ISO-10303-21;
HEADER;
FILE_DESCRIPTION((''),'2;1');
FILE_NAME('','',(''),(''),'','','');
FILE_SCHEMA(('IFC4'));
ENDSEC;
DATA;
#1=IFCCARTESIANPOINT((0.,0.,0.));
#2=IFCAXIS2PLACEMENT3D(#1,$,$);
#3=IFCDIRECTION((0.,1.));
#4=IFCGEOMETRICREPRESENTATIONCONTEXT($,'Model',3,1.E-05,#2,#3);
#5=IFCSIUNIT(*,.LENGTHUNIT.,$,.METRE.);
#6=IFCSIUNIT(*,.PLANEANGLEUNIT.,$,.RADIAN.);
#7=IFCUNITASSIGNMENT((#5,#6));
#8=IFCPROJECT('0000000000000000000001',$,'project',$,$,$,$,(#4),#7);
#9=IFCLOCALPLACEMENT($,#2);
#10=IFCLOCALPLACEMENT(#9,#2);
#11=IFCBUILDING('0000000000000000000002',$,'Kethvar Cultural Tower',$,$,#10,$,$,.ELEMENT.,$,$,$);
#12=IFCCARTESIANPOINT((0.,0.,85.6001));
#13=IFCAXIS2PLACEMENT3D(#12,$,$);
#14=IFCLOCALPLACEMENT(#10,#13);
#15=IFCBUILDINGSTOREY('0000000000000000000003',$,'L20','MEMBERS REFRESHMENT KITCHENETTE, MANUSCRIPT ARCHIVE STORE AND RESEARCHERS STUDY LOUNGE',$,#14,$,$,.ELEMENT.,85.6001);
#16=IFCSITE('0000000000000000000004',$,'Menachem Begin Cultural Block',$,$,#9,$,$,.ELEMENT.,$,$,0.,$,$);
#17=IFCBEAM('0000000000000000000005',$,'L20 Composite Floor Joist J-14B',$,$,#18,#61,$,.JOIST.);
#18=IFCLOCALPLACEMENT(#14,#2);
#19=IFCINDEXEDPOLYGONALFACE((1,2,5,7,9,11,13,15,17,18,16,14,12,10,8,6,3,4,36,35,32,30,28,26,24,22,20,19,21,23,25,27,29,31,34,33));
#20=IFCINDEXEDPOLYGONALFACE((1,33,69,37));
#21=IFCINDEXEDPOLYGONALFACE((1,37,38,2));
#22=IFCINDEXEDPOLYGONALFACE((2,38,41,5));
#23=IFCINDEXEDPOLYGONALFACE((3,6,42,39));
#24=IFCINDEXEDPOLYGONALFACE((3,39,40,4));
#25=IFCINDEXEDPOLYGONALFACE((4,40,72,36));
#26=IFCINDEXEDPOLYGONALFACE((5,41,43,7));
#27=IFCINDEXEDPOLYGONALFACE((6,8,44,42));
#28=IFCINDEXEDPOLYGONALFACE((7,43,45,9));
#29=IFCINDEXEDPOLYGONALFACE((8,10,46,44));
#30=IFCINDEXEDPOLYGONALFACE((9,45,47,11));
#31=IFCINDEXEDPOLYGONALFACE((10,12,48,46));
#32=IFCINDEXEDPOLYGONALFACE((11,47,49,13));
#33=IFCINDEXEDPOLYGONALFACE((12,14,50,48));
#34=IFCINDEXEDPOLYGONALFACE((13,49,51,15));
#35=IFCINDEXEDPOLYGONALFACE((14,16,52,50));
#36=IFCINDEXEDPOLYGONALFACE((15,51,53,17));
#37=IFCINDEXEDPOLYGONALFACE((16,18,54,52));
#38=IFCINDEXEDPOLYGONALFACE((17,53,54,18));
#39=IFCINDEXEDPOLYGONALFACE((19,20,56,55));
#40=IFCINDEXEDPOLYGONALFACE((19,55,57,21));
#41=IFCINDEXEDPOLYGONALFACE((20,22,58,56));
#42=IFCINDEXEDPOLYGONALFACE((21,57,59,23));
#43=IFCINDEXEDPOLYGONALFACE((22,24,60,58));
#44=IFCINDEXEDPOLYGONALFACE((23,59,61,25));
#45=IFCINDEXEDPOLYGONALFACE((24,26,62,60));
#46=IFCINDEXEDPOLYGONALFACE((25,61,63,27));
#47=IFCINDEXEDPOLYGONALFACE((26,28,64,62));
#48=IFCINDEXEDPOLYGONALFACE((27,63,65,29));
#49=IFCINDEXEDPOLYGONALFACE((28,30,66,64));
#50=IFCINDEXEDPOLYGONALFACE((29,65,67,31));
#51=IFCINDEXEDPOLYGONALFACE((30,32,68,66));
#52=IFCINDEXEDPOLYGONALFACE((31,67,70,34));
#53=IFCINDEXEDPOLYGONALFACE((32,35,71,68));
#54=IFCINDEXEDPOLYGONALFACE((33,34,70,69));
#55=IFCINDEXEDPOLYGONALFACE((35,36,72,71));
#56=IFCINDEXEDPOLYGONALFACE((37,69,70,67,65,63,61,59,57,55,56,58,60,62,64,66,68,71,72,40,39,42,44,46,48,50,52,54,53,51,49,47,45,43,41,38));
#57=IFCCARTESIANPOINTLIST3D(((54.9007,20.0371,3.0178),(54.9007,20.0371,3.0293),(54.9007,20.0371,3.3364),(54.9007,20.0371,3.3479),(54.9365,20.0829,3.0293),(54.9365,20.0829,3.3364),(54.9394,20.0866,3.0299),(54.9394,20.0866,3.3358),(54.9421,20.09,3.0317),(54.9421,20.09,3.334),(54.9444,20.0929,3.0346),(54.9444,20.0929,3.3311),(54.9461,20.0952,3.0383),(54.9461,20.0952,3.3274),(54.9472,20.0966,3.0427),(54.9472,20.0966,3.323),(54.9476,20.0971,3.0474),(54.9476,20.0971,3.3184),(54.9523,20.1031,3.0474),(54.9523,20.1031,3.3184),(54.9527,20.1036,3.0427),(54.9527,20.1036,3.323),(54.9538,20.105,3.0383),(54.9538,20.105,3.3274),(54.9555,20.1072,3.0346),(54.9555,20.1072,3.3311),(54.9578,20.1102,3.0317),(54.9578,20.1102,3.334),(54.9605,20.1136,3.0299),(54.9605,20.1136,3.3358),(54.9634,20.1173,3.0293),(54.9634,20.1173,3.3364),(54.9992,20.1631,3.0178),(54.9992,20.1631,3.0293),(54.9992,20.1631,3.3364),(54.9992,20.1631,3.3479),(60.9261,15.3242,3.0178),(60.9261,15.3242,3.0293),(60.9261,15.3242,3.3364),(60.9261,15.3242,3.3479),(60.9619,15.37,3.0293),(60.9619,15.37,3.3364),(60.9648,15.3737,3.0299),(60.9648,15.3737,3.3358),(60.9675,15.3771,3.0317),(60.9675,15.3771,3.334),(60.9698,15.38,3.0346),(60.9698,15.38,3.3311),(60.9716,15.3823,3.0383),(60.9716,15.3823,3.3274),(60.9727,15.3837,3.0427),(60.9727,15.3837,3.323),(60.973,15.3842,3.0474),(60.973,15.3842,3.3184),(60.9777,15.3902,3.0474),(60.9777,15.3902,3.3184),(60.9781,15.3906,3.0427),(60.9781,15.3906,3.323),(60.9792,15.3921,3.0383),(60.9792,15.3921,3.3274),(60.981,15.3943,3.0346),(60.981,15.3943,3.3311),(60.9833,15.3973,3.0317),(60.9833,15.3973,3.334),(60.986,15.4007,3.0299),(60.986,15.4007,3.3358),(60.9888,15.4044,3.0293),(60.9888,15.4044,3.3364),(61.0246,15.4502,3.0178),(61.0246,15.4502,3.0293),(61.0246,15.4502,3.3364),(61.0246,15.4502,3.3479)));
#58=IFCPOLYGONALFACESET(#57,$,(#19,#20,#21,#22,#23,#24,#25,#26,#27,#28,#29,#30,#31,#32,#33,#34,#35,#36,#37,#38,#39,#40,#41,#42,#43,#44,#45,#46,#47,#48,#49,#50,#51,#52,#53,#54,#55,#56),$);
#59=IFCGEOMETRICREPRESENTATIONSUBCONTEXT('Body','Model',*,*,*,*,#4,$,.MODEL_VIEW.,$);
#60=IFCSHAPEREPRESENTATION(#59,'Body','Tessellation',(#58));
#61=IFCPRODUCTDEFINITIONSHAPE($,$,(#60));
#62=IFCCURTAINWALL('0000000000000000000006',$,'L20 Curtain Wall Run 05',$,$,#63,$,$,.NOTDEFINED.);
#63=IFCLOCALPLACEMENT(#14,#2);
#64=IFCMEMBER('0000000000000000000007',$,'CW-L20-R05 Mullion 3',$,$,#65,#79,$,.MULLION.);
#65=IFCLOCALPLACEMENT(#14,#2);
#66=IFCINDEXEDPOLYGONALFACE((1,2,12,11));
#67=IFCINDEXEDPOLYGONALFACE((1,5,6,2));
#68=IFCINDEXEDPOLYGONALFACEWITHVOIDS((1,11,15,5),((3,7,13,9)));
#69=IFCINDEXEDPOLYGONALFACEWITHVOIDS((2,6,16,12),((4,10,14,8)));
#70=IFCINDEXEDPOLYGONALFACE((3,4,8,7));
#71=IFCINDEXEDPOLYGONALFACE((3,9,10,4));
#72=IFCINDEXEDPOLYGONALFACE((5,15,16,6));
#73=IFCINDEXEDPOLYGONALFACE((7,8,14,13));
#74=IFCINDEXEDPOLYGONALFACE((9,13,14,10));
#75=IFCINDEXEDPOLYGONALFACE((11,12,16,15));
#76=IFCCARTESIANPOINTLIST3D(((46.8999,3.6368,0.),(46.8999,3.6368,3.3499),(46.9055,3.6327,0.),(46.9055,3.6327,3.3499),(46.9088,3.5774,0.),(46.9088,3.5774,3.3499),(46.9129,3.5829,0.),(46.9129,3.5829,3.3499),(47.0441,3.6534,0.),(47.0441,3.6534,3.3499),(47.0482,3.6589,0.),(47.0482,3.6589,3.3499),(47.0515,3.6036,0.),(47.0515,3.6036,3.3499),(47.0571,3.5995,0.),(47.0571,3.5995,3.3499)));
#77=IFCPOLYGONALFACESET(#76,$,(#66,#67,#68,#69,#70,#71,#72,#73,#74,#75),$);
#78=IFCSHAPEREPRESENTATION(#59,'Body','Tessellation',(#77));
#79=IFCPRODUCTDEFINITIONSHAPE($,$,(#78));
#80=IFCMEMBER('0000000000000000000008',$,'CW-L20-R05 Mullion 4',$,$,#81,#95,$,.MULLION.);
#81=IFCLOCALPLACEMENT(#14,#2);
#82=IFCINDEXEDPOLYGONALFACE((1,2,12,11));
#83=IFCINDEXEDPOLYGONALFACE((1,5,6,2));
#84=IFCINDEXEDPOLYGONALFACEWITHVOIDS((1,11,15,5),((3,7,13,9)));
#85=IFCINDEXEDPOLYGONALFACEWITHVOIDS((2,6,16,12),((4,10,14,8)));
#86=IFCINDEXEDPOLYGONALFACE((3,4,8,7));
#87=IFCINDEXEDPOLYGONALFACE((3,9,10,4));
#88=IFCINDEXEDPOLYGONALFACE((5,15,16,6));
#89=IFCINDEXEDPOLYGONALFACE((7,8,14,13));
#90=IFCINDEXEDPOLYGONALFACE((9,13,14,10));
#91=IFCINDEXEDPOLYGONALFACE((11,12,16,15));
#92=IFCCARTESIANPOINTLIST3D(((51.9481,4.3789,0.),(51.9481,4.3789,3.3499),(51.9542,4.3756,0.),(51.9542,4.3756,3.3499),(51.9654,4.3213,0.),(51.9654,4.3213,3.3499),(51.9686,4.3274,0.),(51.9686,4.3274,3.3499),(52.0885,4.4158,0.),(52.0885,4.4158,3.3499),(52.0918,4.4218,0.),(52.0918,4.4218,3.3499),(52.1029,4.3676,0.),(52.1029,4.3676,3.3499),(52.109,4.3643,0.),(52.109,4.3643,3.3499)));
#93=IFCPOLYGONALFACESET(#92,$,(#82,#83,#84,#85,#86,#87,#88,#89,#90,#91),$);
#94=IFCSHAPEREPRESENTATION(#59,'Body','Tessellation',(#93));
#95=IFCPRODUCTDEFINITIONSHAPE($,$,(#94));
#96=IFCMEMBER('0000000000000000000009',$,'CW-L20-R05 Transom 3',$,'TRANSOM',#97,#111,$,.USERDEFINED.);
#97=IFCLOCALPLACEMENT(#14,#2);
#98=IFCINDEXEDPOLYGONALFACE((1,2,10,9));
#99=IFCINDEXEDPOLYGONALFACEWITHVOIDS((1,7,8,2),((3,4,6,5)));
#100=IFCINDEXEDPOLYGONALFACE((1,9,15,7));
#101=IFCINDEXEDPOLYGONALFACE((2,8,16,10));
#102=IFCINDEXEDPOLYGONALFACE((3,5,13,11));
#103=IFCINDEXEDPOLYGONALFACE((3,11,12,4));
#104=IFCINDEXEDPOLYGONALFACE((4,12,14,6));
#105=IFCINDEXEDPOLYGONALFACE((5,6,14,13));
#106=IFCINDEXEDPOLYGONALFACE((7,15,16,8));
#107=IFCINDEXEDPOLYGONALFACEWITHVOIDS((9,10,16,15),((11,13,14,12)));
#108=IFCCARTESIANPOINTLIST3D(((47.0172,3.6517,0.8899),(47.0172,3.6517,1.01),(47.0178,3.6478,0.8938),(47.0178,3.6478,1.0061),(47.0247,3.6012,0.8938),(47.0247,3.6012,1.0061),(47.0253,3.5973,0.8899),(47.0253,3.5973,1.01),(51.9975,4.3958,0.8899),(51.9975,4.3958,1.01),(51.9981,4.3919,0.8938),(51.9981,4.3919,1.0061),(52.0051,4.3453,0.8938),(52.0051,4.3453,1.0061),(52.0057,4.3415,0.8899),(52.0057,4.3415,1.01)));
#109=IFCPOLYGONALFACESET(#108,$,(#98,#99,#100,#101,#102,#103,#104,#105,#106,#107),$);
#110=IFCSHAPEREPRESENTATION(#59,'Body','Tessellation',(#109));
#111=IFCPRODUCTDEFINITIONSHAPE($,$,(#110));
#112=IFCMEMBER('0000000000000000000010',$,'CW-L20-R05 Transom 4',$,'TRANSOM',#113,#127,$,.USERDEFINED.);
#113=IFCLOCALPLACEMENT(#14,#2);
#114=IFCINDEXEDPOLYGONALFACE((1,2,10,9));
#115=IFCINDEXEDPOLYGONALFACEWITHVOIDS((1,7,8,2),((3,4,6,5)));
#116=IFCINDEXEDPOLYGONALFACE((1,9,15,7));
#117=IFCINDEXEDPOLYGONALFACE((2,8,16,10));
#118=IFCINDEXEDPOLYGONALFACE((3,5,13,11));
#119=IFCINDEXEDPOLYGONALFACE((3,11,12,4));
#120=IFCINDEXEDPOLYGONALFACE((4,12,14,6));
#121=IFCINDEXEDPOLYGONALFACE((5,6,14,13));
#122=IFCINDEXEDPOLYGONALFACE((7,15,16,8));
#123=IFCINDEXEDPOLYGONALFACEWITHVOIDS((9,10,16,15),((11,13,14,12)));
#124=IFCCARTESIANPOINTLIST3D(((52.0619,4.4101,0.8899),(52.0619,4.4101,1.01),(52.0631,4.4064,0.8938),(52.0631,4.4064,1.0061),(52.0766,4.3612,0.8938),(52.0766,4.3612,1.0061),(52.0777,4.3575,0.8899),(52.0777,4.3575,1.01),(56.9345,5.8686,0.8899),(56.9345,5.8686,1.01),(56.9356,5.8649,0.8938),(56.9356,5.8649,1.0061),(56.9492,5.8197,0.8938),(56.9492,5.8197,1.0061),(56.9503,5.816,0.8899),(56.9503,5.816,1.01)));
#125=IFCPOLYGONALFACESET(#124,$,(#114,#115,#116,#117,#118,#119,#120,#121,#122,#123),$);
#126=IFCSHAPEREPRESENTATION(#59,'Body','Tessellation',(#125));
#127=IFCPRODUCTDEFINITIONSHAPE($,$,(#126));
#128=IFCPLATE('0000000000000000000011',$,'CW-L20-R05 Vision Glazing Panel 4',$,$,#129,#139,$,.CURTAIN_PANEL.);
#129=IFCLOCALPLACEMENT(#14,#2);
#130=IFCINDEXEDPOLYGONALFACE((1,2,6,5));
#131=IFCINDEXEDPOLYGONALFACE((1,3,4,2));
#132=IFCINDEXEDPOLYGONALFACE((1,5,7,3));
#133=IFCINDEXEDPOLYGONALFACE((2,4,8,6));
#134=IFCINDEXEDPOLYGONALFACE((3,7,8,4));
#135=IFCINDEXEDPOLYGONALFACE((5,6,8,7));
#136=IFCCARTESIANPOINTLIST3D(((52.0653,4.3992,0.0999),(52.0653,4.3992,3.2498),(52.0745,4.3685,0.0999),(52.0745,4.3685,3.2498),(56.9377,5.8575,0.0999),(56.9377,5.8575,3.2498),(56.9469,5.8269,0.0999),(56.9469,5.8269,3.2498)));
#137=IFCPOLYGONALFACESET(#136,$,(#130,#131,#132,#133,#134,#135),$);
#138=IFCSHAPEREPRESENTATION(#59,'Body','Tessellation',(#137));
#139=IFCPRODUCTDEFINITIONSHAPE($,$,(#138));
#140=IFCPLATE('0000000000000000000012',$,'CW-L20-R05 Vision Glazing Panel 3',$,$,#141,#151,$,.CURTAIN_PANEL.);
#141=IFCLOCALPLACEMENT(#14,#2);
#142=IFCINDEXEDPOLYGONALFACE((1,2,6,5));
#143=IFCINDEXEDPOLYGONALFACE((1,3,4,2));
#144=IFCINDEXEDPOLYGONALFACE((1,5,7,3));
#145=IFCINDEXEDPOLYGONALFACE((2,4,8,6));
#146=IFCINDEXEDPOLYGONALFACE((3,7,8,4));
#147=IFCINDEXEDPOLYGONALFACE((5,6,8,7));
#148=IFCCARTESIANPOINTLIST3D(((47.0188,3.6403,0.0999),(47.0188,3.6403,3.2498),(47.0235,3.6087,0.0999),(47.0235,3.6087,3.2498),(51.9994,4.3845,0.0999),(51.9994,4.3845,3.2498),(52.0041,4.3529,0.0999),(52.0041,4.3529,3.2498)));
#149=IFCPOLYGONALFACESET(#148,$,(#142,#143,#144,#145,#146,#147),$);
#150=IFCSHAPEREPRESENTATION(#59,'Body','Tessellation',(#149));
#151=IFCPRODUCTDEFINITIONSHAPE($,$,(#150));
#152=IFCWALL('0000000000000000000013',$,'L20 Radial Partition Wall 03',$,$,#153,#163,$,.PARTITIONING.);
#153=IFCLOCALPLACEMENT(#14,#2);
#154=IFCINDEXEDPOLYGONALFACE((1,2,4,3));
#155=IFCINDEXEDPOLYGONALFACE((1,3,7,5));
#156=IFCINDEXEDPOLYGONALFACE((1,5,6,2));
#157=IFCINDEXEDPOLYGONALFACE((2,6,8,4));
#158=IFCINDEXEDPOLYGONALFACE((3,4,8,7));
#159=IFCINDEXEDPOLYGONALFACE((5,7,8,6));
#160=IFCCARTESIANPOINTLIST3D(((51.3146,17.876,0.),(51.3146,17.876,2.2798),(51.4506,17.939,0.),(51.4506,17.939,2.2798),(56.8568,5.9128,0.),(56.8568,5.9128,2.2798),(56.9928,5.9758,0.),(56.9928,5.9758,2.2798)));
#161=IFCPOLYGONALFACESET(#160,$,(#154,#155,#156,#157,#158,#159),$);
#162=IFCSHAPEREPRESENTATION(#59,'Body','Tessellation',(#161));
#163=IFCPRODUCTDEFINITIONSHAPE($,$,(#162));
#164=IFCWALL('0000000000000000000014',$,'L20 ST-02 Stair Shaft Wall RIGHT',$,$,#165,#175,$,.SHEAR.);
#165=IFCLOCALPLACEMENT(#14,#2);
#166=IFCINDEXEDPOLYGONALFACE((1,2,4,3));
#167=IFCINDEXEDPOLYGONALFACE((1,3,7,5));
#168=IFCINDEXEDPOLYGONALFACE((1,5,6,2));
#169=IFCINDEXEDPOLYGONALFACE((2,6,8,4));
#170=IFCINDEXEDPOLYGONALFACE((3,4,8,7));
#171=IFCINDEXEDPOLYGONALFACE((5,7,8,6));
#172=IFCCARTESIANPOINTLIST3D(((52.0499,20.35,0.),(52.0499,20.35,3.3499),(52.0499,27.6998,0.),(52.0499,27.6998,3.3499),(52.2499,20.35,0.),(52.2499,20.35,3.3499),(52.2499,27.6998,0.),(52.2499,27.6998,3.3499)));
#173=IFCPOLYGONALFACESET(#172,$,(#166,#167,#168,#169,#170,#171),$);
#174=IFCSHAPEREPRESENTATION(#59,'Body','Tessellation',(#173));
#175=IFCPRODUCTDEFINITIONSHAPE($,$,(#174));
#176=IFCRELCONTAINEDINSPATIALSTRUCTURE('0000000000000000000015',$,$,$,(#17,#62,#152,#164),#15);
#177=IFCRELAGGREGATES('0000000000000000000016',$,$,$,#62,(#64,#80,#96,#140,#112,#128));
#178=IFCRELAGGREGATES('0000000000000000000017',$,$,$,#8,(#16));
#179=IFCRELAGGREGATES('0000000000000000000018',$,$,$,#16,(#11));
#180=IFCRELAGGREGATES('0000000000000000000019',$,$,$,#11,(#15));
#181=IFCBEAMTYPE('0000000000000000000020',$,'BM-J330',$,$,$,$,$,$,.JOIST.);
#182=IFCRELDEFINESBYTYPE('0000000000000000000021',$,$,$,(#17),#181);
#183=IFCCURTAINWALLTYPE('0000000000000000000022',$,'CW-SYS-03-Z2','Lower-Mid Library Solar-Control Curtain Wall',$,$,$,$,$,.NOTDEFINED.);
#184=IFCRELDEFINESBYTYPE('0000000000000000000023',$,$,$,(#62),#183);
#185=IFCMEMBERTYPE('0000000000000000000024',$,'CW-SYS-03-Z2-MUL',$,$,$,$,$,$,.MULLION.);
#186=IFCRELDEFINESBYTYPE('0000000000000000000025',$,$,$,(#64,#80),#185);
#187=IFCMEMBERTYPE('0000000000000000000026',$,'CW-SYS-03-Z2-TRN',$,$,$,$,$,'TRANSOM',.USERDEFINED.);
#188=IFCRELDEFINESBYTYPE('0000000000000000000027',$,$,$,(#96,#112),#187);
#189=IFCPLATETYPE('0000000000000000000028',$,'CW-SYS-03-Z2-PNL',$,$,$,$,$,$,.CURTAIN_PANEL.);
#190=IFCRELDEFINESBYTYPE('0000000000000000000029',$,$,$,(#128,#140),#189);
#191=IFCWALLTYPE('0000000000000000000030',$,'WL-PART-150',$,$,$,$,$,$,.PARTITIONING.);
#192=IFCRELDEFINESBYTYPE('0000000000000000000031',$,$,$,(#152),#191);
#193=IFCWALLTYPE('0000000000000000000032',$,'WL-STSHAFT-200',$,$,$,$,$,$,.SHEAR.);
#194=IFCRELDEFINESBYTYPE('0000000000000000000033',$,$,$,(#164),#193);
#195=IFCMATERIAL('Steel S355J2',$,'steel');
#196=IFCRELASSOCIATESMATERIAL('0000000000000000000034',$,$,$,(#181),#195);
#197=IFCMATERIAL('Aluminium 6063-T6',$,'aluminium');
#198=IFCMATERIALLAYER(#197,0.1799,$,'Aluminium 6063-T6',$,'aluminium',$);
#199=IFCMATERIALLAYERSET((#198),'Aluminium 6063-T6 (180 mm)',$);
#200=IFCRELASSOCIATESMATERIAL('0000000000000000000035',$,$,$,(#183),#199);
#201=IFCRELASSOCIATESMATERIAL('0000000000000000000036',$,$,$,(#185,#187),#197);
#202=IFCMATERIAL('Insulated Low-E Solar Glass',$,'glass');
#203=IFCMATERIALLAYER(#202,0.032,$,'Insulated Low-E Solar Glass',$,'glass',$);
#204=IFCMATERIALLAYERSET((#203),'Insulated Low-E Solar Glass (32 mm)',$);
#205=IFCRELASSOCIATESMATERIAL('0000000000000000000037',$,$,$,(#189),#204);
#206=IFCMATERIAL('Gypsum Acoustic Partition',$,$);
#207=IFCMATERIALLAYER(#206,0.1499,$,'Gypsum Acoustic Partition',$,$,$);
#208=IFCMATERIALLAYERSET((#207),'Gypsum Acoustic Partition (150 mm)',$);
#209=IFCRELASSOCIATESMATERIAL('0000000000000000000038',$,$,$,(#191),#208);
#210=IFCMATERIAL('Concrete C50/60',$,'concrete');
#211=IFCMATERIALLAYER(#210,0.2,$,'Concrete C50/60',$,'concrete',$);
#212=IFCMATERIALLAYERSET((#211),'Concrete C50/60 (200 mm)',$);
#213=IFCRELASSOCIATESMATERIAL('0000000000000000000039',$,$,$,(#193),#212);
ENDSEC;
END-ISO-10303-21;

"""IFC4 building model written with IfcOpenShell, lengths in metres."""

from ifc_helpers import new_model, si_unit, direction, frame, frame_2d, origin, origin_2d, place, context, subcontext, project, spatial, rectangle, hollow_rectangle, i_section, extrude, source, transform, mapped, material, layer, layer_set, material_profile, profile_set, type_object, element, aggregate, save


model = new_model("IFC4")

# Units and contexts
model_context = context("Model", 3, precision=1e-05, world=origin(), true_north=direction((0.0, 1.0)))
body_context = subcontext(model_context, "Body", "Model", "MODEL_VIEW")
ifc_project = project(units=[si_unit("LENGTHUNIT", "METRE"), si_unit("PLANEANGLEUNIT", "RADIAN")], contexts=[model_context])

# Site, building, storey
site_placement = place(None, origin())
site = spatial("IfcSite", under=ifc_project, at=site_placement, Name="Menachem Begin Cultural Block", CompositionType="ELEMENT", RefElevation=0.0)
building_placement = place(site_placement, origin())
building = spatial("IfcBuilding", under=site, at=building_placement, Name="Kethvar Cultural Tower", CompositionType="ELEMENT")
storey_placement = place(building_placement, frame((0.0, 0.0, 85.6001)))
storey = spatial("IfcBuildingStorey", under=building, at=storey_placement, Name="L20", Description="MEMBERS REFRESHMENT KITCHENETTE, MANUSCRIPT ARCHIVE STORE AND RESEARCHERS STUDY LOUNGE", CompositionType="ELEMENT", Elevation=85.6001)

# Beam
ifc_material_1 = material(Name="Steel S355J2", Category="steel")
ifc_material_profile_1 = material_profile(ifc_material_1, i_section(OverallWidth=0.1599, OverallDepth=0.3301, WebThickness=0.0076, FlangeThickness=0.0115, FilletRadius=0.0181, at=origin_2d()), Name="Steel S355J2 — IPE330")
ifc_profile_set_1 = profile_set([ifc_material_profile_1], Name="Steel S355J2 — IPE330")
beam_type_1 = type_object("IfcBeamType", Name="BM-J330", PredefinedType="JOIST", material=ifc_profile_set_1)
shared_shape_1 = source(origin(), body_context, "Body", "SweptSolid", [
    extrude(i_section(OverallWidth=0.1599, OverallDepth=0.3301, WebThickness=0.0076, FlangeThickness=0.0115, FilletRadius=0.0181, at=origin_2d()), origin(), (0.0, 0.0, 1.0), 7.6497),
])
beam_1_placement = place(storey_placement, frame((54.95, 20.1001, 3.1829), z_axis=(0.787672, -0.616095, 0.0), x_axis=(0.616095, 0.787672, 0.0)))
element("IfcBeam", 1, at=beam_1_placement, inside=storey, type_object=beam_type_1, Name="L20 Composite Floor Joist J-14B", PredefinedType="JOIST", context=body_context, shape_type="MappedRepresentation", body=[
    mapped(shared_shape_1, transform((0.0, 0.0, 0.0), scale=1.0)),
])

# Curtain wall, members, plates
ifc_material_2 = material(Name="Aluminium 6063-T6", Category="aluminium")
ifc_layer_1 = layer(ifc_material_2, 0.1799, Name="Aluminium 6063-T6", Category="aluminium")
ifc_layer_set_1 = layer_set([ifc_layer_1], Name="Aluminium 6063-T6 (180 mm)")
curtain_wall_type = type_object("IfcCurtainWallType", Name="CW-SYS-03-Z2", Description="Lower-Mid Library Solar-Control Curtain Wall", PredefinedType="NOTDEFINED", material=ifc_layer_set_1)
curtain_wall_placement = place(storey_placement, origin())
curtain_wall = element("IfcCurtainWall", 2, at=curtain_wall_placement, inside=storey, type_object=curtain_wall_type, Name="L20 Curtain Wall Run 05", PredefinedType="NOTDEFINED")
ifc_material_profile_2 = material_profile(ifc_material_2, hollow_rectangle(XDim=0.0601, YDim=0.1499, WallThickness=0.0049, at=origin_2d()), Name="Aluminium 6063-T6 — RHS150x60x5")
ifc_profile_set_2 = profile_set([ifc_material_profile_2], Name="Aluminium 6063-T6 — RHS150x60x5")
member_type_1 = type_object("IfcMemberType", Name="CW-SYS-03-Z2-MUL", PredefinedType="MULLION", material=ifc_profile_set_2)
shared_shape_2 = source(origin(), body_context, "Body", "SweptSolid", [
    extrude(hollow_rectangle(XDim=0.0601, YDim=0.1499, WallThickness=0.0049, at=origin_2d()), origin(), (0.0, 0.0, 1.0), 3.3499),
])
member_1_placement = place(storey_placement, frame((46.9785, 3.6182, 0.0), z_axis=(0.0, 0.0, 1.0), x_axis=(-0.147775, 0.989021, 0.0)))
member_1 = element("IfcMember", 3, at=member_1_placement, type_object=member_type_1, Name="CW-L20-R05 Mullion 3", PredefinedType="MULLION", context=body_context, shape_type="MappedRepresentation", body=[
    mapped(shared_shape_2, transform((0.0, 0.0, 0.0), scale=1.0)),
])
member_2_placement = place(storey_placement, frame((52.0286, 4.3716, 0.0), z_axis=(0.0, 0.0, 1.0), x_axis=(-0.286742, 0.958008, 0.0)))
member_2 = element("IfcMember", 4, at=member_2_placement, type_object=member_type_1, Name="CW-L20-R05 Mullion 4", PredefinedType="MULLION", context=body_context, shape_type="MappedRepresentation", body=[
    mapped(shared_shape_2, transform((0.0, 0.0, 0.0), scale=1.0)),
])
ifc_material_profile_3 = material_profile(ifc_material_2, hollow_rectangle(XDim=0.0549, YDim=0.1201, WallThickness=0.0039, at=origin_2d()), Name="Aluminium 6063-T6 — RHS120x55x4")
ifc_profile_set_3 = profile_set([ifc_material_profile_3], Name="Aluminium 6063-T6 — RHS120x55x4")
member_type_2 = type_object("IfcMemberType", Name="CW-SYS-03-Z2-TRN", ElementType="TRANSOM", PredefinedType="USERDEFINED", material=ifc_profile_set_3)
shared_shape_3 = source(origin(), body_context, "Body", "SweptSolid", [
    extrude(hollow_rectangle(XDim=0.0549, YDim=0.1201, WallThickness=0.0039, at=origin_2d()), origin(), (0.0, 0.0, 1.0), 5.0356),
])
member_3_placement = place(storey_placement, frame((47.0212, 3.6245, 0.95), z_axis=(0.989022, 0.147771, 0.0), x_axis=(-0.147771, 0.989022, 0.0)))
member_3 = element("IfcMember", 5, at=member_3_placement, type_object=member_type_2, Name="CW-L20-R05 Transom 3", ObjectType="TRANSOM", PredefinedType="USERDEFINED", context=body_context, shape_type="MappedRepresentation", body=[
    mapped(shared_shape_3, transform((0.0, 0.0, 0.0), scale=1.0)),
])
shared_shape_4 = source(origin(), body_context, "Body", "SweptSolid", [
    extrude(hollow_rectangle(XDim=0.0549, YDim=0.1201, WallThickness=0.0039, at=origin_2d()), origin(), (0.0, 0.0, 1.0), 5.0862),
])
member_4_placement = place(storey_placement, frame((52.0698, 4.3838, 0.95), z_axis=(0.958003, 0.286758, 0.0), x_axis=(-0.286758, 0.958003, 0.0)))
member_4 = element("IfcMember", 6, at=member_4_placement, type_object=member_type_2, Name="CW-L20-R05 Transom 4", ObjectType="TRANSOM", PredefinedType="USERDEFINED", context=body_context, shape_type="MappedRepresentation", body=[
    mapped(shared_shape_4, transform((0.0, 0.0, 0.0), scale=1.0)),
])
ifc_material_3 = material(Name="Insulated Low-E Solar Glass", Category="glass")
ifc_layer_2 = layer(ifc_material_3, 0.032, Name="Insulated Low-E Solar Glass", Category="glass")
ifc_layer_set_2 = layer_set([ifc_layer_2], Name="Insulated Low-E Solar Glass (32 mm)")
plate_type = type_object("IfcPlateType", Name="CW-SYS-03-Z2-PNL", PredefinedType="CURTAIN_PANEL", material=ifc_layer_set_2)
shared_shape_5 = source(origin(), body_context, "Body", "SweptSolid", [
    extrude(rectangle(XDim=5.0859, YDim=0.032, at=origin_2d()), origin(), (0.0, 0.0, 1.0), 3.1499),
])
plate_1_placement = place(storey_placement, frame((54.5061, 5.113, 0.0999), z_axis=(0.0, 0.0, 1.0), x_axis=(0.958008, 0.286742, 0.0)))
plate_1 = element("IfcPlate", 7, at=plate_1_placement, type_object=plate_type, Name="CW-L20-R05 Vision Glazing Panel 4", PredefinedType="CURTAIN_PANEL", context=body_context, shape_type="MappedRepresentation", body=[
    mapped(shared_shape_5, transform((0.0, 0.0, 0.0), scale=1.0)),
])
shared_shape_6 = source(origin(), body_context, "Body", "SweptSolid", [
    extrude(rectangle(XDim=5.0359, YDim=0.032, at=origin_2d()), origin(), (0.0, 0.0, 1.0), 3.1499),
])
plate_2_placement = place(storey_placement, frame((49.5115, 3.9966, 0.0999), z_axis=(0.0, 0.0, 1.0), x_axis=(0.989021, 0.147775, 0.0)))
plate_2 = element("IfcPlate", 8, at=plate_2_placement, type_object=plate_type, Name="CW-L20-R05 Vision Glazing Panel 3", PredefinedType="CURTAIN_PANEL", context=body_context, shape_type="MappedRepresentation", body=[
    mapped(shared_shape_6, transform((0.0, 0.0, 0.0), scale=1.0)),
])
aggregate(curtain_wall, [member_1, member_2, member_3, plate_2, member_4, plate_1])

# Walls
ifc_material_4 = material(Name="Gypsum Acoustic Partition")
ifc_layer_3 = layer(ifc_material_4, 0.1499, Name="Gypsum Acoustic Partition")
ifc_layer_set_3 = layer_set([ifc_layer_3], Name="Gypsum Acoustic Partition (150 mm)")
wall_type_1 = type_object("IfcWallType", Name="WL-PART-150", PredefinedType="PARTITIONING", material=ifc_layer_set_3)
wall_1_placement = place(storey_placement, frame((51.3826, 17.9075, 0.0), z_axis=(0.0, 0.0, 1.0), x_axis=(0.420358, -0.907358, 0.0)))
element("IfcWall", 9, at=wall_1_placement, inside=storey, type_object=wall_type_1, Name="L20 Radial Partition Wall 03", PredefinedType="PARTITIONING", context=body_context, shape_type="SweptSolid", body=[
    extrude(rectangle(XDim=13.1846, YDim=0.1499, at=frame_2d((6.5923, 0.0))), origin(), (0.0, 0.0, 1.0), 2.2798),
])
ifc_material_5 = material(Name="Concrete C50/60", Category="concrete")
ifc_layer_4 = layer(ifc_material_5, 0.2, Name="Concrete C50/60", Category="concrete")
ifc_layer_set_4 = layer_set([ifc_layer_4], Name="Concrete C50/60 (200 mm)")
wall_type_2 = type_object("IfcWallType", Name="WL-STSHAFT-200", PredefinedType="SHEAR", material=ifc_layer_set_4)
wall_2_placement = place(storey_placement, frame((52.1499, 20.3501, 0.0), z_axis=(0.0, 0.0, 1.0), x_axis=(0.0, 1.0, 0.0)))
element("IfcWall", 10, at=wall_2_placement, inside=storey, type_object=wall_type_2, Name="L20 ST-02 Stair Shaft Wall RIGHT", PredefinedType="SHEAR", context=body_context, shape_type="SweptSolid", body=[
    extrude(rectangle(XDim=7.3499, YDim=0.2, at=frame_2d((3.6748, 0.0))), origin(), (0.0, 0.0, 1.0), 3.3499),
])

save(model, "model.ifc")
